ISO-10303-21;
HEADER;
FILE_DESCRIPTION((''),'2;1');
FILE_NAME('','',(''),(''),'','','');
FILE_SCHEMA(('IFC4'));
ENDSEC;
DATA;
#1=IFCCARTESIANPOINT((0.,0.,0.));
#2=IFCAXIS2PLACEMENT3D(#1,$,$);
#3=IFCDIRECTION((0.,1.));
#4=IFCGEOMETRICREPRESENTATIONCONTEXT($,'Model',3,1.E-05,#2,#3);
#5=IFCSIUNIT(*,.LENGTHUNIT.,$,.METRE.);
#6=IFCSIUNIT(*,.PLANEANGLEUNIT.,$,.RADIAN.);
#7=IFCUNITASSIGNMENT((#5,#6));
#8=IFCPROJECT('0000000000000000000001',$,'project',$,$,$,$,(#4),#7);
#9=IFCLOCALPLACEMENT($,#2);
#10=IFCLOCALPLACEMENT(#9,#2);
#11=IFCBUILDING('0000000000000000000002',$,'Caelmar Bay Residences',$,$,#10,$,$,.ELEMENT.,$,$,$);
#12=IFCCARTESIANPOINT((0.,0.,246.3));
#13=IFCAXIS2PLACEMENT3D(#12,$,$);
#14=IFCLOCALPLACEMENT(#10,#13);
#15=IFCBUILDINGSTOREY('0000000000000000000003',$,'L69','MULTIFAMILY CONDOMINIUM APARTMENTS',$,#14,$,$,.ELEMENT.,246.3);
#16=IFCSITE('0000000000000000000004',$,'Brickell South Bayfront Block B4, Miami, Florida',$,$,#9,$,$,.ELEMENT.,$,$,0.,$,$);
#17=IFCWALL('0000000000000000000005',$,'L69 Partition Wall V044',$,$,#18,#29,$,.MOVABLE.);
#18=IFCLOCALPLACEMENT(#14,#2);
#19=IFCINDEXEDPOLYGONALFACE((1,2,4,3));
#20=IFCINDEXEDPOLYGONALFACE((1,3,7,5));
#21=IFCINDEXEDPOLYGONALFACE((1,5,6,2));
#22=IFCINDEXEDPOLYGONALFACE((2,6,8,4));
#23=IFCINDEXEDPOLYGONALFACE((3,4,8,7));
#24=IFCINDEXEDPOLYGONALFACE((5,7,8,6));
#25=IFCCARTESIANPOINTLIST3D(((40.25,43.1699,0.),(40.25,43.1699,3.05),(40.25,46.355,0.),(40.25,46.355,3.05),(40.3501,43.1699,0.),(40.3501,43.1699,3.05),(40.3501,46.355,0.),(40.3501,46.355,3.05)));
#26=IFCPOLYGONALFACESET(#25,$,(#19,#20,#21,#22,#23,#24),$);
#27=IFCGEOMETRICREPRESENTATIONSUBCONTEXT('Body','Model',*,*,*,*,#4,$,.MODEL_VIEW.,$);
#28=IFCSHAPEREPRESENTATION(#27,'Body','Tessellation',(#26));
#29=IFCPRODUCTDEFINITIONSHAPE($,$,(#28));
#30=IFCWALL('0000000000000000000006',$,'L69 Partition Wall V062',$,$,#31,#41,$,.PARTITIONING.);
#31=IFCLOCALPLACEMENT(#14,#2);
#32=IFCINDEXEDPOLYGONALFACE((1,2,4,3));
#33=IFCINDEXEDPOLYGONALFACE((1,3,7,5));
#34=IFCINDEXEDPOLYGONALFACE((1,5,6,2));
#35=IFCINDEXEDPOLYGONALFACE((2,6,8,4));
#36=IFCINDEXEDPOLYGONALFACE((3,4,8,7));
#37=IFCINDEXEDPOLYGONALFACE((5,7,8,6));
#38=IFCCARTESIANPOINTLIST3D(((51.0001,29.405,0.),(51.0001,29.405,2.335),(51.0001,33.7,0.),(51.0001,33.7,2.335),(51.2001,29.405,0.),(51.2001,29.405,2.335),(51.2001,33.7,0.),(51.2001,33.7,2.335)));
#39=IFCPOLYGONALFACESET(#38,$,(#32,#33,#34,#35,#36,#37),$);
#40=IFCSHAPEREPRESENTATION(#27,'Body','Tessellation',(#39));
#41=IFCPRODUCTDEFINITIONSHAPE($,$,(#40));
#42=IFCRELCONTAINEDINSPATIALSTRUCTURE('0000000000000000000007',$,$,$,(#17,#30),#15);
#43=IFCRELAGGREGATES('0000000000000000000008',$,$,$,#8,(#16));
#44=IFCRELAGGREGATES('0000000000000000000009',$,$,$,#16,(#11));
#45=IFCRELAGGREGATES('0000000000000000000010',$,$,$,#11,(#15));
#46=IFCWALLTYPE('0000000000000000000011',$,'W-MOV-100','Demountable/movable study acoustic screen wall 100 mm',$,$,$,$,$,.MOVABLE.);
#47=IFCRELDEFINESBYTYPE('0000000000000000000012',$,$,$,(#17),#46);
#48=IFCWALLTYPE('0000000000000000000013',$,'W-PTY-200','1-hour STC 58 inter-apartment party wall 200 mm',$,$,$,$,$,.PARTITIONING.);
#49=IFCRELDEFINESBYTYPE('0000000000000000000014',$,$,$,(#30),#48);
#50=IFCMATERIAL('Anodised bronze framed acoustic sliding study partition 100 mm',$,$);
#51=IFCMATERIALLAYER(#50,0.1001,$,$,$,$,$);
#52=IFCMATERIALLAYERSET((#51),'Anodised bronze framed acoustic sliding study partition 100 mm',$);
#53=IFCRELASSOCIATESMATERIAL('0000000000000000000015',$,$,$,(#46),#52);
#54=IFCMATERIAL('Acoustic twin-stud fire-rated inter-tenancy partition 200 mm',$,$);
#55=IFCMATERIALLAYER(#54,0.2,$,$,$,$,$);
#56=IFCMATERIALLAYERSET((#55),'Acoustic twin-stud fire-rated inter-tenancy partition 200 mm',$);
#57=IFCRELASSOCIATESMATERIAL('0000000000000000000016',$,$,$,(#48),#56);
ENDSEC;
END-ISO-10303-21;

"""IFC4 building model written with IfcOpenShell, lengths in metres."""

from ifc_helpers import new_model, si_unit, direction, frame, frame_2d, origin, place, context, subcontext, project, spatial, rectangle, extrude, material, layer, layer_set, type_object, element, save


model = new_model("IFC4")

# Units and contexts
model_context = context("Model", 3, precision=1e-05, world=origin(), true_north=direction((0.0, 1.0)))
body_context = subcontext(model_context, "Body", "Model", "MODEL_VIEW")
ifc_project = project(units=[si_unit("LENGTHUNIT", "METRE"), si_unit("PLANEANGLEUNIT", "RADIAN")], contexts=[model_context])

# Site, building, storey
site_placement = place(None, origin())
site = spatial("IfcSite", under=ifc_project, at=site_placement, Name="Brickell South Bayfront Block B4, Miami, Florida", CompositionType="ELEMENT", RefElevation=0.0)
building_placement = place(site_placement, origin())
building = spatial("IfcBuilding", under=site, at=building_placement, Name="Caelmar Bay Residences", CompositionType="ELEMENT")
storey_placement = place(building_placement, frame((0.0, 0.0, 246.3)))
storey = spatial("IfcBuildingStorey", under=building, at=storey_placement, Name="L69", Description="MULTIFAMILY CONDOMINIUM APARTMENTS", CompositionType="ELEMENT", Elevation=246.3)

# Walls
ifc_material_1 = material(Name="Anodised bronze framed acoustic sliding study partition 100 mm")
ifc_layer_1 = layer(ifc_material_1, 0.1001)
ifc_layer_set_1 = layer_set([ifc_layer_1], Name="Anodised bronze framed acoustic sliding study partition 100 mm")
wall_type_1 = type_object("IfcWallType", Name="W-MOV-100", Description="Demountable/movable study acoustic screen wall 100 mm", PredefinedType="MOVABLE", material=ifc_layer_set_1)
wall_1_placement = place(storey_placement, frame((40.3, 43.1699, 0.0), z_axis=(0.0, 0.0, 1.0), x_axis=(0.0, 1.0, 0.0)))
element("IfcWall", 1, at=wall_1_placement, inside=storey, type_object=wall_type_1, Name="L69 Partition Wall V044", PredefinedType="MOVABLE", context=body_context, shape_type="SweptSolid", body=[
    extrude(rectangle(XDim=3.1851, YDim=0.1001, at=frame_2d((1.5925, 0.0))), origin(), (0.0, 0.0, 1.0), 3.05),
])
ifc_material_2 = material(Name="Acoustic twin-stud fire-rated inter-tenancy partition 200 mm")
ifc_layer_2 = layer(ifc_material_2, 0.2)
ifc_layer_set_2 = layer_set([ifc_layer_2], Name="Acoustic twin-stud fire-rated inter-tenancy partition 200 mm")
wall_type_2 = type_object("IfcWallType", Name="W-PTY-200", Description="1-hour STC 58 inter-apartment party wall 200 mm", PredefinedType="PARTITIONING", material=ifc_layer_set_2)
wall_2_placement = place(storey_placement, frame((51.1001, 29.405, 0.0), z_axis=(0.0, 0.0, 1.0), x_axis=(0.0, 1.0, 0.0)))
element("IfcWall", 2, at=wall_2_placement, inside=storey, type_object=wall_type_2, Name="L69 Partition Wall V062", PredefinedType="PARTITIONING", context=body_context, shape_type="SweptSolid", body=[
    extrude(rectangle(XDim=4.2949, YDim=0.2, at=frame_2d((2.1475, 0.0))), origin(), (0.0, 0.0, 1.0), 2.335),
])

save(model, "model.ifc")
